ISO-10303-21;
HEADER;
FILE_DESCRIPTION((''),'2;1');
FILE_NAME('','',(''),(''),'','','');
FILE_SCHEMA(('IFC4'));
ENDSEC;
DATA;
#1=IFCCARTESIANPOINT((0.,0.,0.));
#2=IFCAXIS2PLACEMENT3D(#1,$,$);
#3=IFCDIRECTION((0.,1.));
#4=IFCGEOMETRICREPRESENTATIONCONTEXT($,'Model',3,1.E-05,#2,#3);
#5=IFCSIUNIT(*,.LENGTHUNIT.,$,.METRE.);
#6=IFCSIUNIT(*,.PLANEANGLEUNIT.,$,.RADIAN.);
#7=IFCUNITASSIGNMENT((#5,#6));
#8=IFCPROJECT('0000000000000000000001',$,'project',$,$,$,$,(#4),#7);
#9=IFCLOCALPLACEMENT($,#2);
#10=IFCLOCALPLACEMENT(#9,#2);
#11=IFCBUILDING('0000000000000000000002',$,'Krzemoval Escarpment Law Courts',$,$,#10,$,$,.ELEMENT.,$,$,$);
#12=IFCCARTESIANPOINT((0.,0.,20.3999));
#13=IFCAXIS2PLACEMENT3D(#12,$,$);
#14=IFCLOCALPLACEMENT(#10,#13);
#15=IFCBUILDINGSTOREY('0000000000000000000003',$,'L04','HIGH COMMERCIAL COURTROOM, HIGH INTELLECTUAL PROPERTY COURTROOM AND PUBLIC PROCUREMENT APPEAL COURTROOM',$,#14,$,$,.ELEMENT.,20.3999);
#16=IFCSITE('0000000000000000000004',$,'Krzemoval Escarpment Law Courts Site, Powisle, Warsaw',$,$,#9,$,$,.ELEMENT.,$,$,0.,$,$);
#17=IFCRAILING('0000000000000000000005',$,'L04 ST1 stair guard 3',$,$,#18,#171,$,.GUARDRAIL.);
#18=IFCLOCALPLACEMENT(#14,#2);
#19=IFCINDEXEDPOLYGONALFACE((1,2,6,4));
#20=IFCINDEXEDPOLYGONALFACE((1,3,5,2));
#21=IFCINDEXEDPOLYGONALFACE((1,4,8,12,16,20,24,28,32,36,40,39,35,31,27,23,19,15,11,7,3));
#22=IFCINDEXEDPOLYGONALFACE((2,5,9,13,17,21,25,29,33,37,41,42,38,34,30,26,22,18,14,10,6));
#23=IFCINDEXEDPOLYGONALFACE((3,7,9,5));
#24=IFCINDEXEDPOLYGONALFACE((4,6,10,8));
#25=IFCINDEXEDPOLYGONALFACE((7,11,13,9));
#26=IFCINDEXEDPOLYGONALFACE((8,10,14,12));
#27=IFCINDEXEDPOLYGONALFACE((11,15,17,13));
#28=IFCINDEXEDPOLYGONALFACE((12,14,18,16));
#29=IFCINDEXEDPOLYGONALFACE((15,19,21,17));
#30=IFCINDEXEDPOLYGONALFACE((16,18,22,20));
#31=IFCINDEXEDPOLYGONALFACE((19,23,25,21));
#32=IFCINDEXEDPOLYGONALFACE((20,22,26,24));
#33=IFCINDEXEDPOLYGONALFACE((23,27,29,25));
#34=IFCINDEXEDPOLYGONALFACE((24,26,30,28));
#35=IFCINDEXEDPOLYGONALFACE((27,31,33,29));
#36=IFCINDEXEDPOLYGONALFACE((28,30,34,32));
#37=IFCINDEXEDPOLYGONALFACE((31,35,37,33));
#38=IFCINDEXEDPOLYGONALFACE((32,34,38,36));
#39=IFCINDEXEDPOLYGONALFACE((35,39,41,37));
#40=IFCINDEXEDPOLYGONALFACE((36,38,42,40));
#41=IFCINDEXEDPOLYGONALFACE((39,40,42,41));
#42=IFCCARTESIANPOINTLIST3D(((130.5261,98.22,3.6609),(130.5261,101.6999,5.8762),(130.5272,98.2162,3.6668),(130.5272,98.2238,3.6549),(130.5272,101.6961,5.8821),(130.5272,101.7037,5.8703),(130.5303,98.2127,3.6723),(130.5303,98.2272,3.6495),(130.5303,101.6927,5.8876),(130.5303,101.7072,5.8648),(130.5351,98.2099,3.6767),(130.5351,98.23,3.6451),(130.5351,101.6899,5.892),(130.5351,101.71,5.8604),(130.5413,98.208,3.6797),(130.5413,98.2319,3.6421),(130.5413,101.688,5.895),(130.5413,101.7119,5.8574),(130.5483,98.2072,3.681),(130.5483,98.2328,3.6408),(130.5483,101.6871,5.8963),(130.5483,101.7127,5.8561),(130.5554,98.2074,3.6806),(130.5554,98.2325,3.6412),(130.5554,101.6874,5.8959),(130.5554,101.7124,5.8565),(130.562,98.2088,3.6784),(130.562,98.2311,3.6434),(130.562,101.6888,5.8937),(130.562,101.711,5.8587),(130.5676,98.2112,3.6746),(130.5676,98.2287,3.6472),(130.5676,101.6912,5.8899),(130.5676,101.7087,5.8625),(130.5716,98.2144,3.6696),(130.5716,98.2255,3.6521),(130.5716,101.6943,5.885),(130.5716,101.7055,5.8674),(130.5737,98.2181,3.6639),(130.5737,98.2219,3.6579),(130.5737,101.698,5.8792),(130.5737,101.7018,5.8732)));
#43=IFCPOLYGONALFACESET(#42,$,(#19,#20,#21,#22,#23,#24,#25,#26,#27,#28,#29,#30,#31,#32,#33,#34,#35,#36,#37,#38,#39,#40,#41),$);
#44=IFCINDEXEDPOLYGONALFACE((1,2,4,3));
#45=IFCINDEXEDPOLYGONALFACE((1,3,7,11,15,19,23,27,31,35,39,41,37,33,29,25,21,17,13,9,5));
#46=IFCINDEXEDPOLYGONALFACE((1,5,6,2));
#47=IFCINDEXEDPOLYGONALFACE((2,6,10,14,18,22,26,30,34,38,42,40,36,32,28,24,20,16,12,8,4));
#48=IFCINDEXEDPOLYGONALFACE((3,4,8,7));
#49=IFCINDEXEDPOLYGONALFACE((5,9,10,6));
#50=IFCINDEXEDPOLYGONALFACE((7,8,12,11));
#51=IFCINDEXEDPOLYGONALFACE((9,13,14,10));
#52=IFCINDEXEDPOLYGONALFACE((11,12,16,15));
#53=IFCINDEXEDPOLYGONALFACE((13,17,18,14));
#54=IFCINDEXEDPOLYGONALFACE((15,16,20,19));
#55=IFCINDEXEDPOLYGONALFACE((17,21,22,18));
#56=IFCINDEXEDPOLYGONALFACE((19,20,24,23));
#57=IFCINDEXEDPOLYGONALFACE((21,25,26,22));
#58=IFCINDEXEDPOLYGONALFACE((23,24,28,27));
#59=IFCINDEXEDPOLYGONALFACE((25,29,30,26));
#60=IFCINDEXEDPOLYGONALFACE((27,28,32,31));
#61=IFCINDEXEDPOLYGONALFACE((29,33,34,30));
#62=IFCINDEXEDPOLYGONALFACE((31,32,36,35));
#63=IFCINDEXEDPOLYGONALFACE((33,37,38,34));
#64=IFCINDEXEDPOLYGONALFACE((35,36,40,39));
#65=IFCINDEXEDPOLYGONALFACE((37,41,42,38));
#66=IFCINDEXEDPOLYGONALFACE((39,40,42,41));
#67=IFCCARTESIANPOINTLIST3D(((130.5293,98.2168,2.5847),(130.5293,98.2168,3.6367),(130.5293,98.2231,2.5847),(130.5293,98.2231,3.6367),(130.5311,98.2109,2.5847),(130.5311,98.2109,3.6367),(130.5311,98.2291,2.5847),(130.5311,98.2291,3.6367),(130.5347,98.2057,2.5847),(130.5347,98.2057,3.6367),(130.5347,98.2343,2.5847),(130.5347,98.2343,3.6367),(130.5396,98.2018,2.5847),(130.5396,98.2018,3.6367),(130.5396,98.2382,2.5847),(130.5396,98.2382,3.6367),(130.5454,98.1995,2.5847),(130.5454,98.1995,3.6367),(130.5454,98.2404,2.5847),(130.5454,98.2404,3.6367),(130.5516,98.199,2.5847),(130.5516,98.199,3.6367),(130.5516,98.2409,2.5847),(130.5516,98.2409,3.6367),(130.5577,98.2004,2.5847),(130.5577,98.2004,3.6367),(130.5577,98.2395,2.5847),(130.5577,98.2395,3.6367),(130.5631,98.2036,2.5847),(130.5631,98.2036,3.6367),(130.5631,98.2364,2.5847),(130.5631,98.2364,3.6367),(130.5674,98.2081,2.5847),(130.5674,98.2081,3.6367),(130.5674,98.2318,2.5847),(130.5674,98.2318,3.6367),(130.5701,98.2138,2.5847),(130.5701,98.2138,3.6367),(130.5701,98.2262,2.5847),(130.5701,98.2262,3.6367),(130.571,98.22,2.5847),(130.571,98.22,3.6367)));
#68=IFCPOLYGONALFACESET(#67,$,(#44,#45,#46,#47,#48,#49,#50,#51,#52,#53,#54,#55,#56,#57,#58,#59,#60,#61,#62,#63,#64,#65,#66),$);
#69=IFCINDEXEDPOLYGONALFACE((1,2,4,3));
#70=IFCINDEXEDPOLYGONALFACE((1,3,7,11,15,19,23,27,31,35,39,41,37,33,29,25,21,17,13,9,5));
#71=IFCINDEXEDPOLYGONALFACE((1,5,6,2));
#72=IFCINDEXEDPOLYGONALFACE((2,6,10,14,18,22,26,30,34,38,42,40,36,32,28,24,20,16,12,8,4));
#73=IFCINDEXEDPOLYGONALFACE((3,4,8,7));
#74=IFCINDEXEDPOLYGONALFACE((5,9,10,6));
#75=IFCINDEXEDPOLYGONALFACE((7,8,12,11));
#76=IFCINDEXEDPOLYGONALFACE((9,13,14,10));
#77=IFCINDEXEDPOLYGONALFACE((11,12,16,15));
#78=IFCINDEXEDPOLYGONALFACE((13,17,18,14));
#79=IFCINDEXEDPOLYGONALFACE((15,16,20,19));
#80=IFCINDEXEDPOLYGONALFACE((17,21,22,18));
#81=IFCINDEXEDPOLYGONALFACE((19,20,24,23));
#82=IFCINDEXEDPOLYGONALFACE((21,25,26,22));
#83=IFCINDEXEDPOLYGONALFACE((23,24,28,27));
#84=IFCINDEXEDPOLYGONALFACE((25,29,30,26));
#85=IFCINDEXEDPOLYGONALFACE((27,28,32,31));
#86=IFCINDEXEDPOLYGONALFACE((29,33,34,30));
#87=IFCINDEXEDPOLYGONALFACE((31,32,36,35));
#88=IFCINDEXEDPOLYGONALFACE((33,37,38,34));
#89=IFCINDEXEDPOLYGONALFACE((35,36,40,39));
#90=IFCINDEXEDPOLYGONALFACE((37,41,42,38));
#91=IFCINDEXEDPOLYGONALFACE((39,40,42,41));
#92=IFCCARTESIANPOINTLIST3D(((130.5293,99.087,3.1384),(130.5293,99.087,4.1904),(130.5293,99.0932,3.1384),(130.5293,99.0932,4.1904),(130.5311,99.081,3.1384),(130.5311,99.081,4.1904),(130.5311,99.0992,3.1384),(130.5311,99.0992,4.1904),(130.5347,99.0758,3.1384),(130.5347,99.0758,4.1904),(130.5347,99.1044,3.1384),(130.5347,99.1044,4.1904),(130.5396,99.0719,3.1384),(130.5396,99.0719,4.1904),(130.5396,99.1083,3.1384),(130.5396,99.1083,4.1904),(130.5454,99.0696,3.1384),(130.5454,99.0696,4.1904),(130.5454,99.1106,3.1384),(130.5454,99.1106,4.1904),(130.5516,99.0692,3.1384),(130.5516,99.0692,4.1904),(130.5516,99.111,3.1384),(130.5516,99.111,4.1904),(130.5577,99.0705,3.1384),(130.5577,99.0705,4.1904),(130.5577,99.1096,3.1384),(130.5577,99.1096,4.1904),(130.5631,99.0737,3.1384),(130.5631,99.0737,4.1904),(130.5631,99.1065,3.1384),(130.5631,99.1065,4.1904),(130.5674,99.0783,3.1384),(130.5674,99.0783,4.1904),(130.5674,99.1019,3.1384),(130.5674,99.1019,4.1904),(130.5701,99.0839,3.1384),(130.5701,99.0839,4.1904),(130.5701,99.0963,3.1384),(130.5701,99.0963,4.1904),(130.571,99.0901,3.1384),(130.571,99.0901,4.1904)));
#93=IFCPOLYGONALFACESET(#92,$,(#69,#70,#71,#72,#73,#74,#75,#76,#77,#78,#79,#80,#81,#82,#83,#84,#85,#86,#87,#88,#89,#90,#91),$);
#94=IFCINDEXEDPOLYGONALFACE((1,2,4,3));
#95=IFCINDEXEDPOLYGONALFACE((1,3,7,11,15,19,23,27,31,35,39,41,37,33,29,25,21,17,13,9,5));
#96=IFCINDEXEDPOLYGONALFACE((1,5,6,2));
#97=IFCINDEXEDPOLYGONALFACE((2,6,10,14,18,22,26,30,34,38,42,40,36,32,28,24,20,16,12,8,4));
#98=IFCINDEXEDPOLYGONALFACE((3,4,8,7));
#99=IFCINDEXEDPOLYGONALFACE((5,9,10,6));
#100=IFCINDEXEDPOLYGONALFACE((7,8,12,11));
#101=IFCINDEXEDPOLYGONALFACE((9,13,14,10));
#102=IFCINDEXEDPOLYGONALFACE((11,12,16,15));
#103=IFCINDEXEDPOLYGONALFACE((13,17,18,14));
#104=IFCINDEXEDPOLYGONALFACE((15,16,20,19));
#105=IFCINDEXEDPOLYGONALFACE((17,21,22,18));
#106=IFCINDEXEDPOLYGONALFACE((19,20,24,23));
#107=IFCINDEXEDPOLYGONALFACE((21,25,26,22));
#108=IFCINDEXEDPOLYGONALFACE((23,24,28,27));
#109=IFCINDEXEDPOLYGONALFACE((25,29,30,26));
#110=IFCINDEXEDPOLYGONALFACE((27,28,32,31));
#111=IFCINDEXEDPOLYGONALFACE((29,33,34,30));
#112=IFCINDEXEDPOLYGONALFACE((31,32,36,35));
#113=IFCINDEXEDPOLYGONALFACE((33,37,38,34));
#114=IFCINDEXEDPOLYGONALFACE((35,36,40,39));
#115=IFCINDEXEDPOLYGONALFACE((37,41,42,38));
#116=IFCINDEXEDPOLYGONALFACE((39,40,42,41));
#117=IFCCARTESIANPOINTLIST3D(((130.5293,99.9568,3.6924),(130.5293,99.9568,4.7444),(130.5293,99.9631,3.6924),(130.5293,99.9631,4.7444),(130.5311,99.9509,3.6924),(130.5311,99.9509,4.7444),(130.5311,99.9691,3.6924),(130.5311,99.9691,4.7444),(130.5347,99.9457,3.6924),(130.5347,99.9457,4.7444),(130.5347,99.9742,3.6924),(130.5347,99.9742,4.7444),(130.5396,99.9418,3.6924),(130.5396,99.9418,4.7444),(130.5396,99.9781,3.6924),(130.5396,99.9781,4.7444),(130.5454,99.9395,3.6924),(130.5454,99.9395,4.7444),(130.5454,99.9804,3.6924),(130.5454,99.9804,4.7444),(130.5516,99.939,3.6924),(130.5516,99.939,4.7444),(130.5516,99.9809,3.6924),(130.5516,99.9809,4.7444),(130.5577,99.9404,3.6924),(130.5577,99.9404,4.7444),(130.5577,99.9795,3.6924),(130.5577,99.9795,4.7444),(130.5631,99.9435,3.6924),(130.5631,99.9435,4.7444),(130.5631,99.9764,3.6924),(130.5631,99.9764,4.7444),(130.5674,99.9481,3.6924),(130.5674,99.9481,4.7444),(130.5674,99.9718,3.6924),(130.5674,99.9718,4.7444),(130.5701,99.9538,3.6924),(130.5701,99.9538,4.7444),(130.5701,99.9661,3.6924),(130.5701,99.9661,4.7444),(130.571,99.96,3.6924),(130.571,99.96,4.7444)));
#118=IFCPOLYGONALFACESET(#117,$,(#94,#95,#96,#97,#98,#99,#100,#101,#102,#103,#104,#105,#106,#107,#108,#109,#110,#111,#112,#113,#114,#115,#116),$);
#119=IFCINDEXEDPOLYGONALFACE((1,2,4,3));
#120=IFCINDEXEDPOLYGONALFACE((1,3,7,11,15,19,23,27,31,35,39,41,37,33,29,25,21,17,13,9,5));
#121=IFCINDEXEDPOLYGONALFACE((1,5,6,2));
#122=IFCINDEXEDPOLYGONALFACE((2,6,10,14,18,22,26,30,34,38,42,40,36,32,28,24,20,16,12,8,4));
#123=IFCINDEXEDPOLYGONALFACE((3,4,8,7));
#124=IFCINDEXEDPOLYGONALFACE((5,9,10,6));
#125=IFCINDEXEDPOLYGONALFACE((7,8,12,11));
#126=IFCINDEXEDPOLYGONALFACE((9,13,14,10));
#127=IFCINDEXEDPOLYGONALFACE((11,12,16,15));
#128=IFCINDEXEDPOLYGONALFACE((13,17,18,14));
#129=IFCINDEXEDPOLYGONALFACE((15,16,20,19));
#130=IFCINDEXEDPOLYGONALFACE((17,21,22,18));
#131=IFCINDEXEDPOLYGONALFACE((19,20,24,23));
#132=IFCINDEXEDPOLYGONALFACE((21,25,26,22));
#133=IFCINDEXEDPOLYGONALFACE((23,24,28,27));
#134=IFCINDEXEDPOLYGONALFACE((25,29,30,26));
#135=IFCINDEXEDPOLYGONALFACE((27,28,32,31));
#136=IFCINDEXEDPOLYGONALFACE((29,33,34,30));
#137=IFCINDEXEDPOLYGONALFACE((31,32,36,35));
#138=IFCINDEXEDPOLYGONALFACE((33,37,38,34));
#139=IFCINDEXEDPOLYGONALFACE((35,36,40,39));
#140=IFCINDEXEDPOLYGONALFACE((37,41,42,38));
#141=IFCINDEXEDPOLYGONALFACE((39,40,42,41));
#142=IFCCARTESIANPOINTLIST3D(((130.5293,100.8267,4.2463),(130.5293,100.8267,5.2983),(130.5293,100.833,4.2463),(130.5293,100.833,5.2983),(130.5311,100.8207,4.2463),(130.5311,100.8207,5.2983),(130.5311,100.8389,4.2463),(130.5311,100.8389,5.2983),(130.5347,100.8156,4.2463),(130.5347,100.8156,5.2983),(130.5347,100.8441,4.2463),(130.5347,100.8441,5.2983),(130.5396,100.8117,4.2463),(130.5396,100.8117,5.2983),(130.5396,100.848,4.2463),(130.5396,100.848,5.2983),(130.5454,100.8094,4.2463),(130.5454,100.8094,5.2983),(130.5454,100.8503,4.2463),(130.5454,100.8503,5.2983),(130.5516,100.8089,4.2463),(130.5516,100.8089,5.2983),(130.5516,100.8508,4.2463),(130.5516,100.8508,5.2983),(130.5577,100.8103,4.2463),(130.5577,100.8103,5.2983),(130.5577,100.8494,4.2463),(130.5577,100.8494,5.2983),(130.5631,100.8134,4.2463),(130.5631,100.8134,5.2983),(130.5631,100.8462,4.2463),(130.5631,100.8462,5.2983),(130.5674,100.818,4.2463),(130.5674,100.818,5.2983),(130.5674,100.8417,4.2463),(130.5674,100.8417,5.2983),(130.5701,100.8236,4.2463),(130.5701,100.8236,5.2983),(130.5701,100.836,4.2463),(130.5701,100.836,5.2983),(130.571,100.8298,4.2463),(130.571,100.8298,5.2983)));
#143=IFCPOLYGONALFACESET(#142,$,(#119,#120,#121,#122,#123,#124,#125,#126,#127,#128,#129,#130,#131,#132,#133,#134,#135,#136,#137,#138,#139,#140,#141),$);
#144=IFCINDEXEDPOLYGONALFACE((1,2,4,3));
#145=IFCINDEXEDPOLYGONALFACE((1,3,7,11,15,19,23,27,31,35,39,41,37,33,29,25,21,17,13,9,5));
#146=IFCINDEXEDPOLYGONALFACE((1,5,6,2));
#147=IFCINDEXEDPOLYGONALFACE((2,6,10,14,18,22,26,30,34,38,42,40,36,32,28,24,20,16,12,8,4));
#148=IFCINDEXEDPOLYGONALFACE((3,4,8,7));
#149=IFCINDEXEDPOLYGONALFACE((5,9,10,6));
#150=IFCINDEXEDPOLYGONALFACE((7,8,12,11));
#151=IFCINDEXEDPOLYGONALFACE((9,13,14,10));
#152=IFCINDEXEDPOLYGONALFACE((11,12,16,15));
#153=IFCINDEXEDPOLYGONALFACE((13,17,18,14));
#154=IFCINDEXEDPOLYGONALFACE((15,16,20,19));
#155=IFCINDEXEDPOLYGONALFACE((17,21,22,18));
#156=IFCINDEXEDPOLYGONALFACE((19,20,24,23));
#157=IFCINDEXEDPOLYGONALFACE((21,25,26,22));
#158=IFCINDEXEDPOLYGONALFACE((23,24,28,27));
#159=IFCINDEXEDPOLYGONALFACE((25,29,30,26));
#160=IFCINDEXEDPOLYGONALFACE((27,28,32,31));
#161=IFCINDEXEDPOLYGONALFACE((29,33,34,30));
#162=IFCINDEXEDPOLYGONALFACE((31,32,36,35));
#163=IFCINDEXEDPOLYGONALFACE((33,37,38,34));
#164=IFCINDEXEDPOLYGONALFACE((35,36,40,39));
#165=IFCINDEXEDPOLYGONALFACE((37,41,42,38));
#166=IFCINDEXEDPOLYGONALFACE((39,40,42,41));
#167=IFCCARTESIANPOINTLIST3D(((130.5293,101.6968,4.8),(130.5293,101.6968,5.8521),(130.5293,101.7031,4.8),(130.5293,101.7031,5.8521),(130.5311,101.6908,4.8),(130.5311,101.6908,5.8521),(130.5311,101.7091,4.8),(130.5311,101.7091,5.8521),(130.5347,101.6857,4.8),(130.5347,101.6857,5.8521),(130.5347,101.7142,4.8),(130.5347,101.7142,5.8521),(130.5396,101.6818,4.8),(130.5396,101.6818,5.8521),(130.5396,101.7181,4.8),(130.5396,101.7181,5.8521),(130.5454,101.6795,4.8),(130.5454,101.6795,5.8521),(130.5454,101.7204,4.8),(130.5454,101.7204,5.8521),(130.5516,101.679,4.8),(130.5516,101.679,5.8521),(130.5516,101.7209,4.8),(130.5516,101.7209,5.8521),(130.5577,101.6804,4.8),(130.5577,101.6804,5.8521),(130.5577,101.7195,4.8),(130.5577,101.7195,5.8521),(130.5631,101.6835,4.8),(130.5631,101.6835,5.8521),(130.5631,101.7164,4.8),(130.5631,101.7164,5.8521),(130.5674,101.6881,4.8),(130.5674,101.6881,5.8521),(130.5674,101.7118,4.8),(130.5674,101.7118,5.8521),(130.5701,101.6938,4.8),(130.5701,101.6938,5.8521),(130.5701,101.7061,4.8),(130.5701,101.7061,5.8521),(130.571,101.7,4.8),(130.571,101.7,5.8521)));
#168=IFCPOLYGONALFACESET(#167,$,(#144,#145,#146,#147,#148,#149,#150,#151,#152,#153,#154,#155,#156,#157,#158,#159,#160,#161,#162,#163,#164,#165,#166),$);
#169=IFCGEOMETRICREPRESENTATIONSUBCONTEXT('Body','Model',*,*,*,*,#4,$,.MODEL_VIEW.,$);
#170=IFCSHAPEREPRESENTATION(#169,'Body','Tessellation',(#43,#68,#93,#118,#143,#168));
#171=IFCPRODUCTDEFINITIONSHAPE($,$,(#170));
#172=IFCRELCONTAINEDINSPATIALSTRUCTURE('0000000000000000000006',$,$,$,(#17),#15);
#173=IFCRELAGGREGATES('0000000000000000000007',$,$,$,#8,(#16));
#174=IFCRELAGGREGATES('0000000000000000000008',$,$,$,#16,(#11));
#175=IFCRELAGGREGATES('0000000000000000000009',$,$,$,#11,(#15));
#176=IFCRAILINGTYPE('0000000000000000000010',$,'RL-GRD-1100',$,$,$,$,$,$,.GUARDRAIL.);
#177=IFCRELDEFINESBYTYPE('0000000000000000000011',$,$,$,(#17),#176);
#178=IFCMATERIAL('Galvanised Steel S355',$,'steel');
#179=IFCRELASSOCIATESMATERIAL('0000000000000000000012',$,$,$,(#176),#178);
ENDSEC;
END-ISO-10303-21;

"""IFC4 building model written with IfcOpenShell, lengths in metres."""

from ifc_helpers import new_model, si_unit, direction, frame, origin, origin_2d, place, context, subcontext, project, spatial, circle, extrude, material, type_object, element, save


model = new_model("IFC4")

# Units and contexts
model_context = context("Model", 3, precision=1e-05, world=origin(), true_north=direction((0.0, 1.0)))
body_context = subcontext(model_context, "Body", "Model", "MODEL_VIEW")
ifc_project = project(units=[si_unit("LENGTHUNIT", "METRE"), si_unit("PLANEANGLEUNIT", "RADIAN")], contexts=[model_context])

# Site, building, storey
site_placement = place(None, origin())
site = spatial("IfcSite", under=ifc_project, at=site_placement, Name="Krzemoval Escarpment Law Courts Site, Powisle, Warsaw", CompositionType="ELEMENT", RefElevation=0.0)
building_placement = place(site_placement, origin())
building = spatial("IfcBuilding", under=site, at=building_placement, Name="Krzemoval Escarpment Law Courts", CompositionType="ELEMENT")
storey_placement = place(building_placement, frame((0.0, 0.0, 20.3999)))
storey = spatial("IfcBuildingStorey", under=building, at=storey_placement, Name="L04", Description="HIGH COMMERCIAL COURTROOM, HIGH INTELLECTUAL PROPERTY COURTROOM AND PUBLIC PROCUREMENT APPEAL COURTROOM", CompositionType="ELEMENT", Elevation=20.3999)

# Railing
ifc_material_1 = material(Name="Galvanised Steel S355", Category="steel")
railing_type_1 = type_object("IfcRailingType", Name="RL-GRD-1100", PredefinedType="GUARDRAIL", material=ifc_material_1)
railing_1_placement = place(storey_placement, frame((130.55, 98.22, 2.5847)))
element("IfcRailing", 1, at=railing_1_placement, inside=storey, type_object=railing_type_1, Name="L04 ST1 stair guard 3", PredefinedType="GUARDRAIL", context=body_context, shape_type="SweptSolid", body=[
    extrude(circle(Radius=0.0239, at=origin_2d()), frame((0.0, 0.0, 1.0762), z_axis=(0.0, 0.843574, 0.537013), x_axis=(-1.0, 0.0, 0.0)), (0.0, 0.0, 1.0), 4.1252),
    extrude(circle(Radius=0.021, at=origin_2d()), origin(), (0.0, 0.0, 1.0), 1.052),
    extrude(circle(Radius=0.021, at=origin_2d()), frame((0.0, 0.8701, 0.5537)), (0.0, 0.0, 1.0), 1.052),
    extrude(circle(Radius=0.021, at=origin_2d()), frame((0.0, 1.74, 1.1077)), (0.0, 0.0, 1.0), 1.052),
    extrude(circle(Radius=0.021, at=origin_2d()), frame((0.0, 2.6099, 1.6616)), (0.0, 0.0, 1.0), 1.052),
    extrude(circle(Radius=0.021, at=origin_2d()), frame((0.0, 3.48, 2.2153)), (0.0, 0.0, 1.0), 1.052),
])

save(model, "model.ifc")
